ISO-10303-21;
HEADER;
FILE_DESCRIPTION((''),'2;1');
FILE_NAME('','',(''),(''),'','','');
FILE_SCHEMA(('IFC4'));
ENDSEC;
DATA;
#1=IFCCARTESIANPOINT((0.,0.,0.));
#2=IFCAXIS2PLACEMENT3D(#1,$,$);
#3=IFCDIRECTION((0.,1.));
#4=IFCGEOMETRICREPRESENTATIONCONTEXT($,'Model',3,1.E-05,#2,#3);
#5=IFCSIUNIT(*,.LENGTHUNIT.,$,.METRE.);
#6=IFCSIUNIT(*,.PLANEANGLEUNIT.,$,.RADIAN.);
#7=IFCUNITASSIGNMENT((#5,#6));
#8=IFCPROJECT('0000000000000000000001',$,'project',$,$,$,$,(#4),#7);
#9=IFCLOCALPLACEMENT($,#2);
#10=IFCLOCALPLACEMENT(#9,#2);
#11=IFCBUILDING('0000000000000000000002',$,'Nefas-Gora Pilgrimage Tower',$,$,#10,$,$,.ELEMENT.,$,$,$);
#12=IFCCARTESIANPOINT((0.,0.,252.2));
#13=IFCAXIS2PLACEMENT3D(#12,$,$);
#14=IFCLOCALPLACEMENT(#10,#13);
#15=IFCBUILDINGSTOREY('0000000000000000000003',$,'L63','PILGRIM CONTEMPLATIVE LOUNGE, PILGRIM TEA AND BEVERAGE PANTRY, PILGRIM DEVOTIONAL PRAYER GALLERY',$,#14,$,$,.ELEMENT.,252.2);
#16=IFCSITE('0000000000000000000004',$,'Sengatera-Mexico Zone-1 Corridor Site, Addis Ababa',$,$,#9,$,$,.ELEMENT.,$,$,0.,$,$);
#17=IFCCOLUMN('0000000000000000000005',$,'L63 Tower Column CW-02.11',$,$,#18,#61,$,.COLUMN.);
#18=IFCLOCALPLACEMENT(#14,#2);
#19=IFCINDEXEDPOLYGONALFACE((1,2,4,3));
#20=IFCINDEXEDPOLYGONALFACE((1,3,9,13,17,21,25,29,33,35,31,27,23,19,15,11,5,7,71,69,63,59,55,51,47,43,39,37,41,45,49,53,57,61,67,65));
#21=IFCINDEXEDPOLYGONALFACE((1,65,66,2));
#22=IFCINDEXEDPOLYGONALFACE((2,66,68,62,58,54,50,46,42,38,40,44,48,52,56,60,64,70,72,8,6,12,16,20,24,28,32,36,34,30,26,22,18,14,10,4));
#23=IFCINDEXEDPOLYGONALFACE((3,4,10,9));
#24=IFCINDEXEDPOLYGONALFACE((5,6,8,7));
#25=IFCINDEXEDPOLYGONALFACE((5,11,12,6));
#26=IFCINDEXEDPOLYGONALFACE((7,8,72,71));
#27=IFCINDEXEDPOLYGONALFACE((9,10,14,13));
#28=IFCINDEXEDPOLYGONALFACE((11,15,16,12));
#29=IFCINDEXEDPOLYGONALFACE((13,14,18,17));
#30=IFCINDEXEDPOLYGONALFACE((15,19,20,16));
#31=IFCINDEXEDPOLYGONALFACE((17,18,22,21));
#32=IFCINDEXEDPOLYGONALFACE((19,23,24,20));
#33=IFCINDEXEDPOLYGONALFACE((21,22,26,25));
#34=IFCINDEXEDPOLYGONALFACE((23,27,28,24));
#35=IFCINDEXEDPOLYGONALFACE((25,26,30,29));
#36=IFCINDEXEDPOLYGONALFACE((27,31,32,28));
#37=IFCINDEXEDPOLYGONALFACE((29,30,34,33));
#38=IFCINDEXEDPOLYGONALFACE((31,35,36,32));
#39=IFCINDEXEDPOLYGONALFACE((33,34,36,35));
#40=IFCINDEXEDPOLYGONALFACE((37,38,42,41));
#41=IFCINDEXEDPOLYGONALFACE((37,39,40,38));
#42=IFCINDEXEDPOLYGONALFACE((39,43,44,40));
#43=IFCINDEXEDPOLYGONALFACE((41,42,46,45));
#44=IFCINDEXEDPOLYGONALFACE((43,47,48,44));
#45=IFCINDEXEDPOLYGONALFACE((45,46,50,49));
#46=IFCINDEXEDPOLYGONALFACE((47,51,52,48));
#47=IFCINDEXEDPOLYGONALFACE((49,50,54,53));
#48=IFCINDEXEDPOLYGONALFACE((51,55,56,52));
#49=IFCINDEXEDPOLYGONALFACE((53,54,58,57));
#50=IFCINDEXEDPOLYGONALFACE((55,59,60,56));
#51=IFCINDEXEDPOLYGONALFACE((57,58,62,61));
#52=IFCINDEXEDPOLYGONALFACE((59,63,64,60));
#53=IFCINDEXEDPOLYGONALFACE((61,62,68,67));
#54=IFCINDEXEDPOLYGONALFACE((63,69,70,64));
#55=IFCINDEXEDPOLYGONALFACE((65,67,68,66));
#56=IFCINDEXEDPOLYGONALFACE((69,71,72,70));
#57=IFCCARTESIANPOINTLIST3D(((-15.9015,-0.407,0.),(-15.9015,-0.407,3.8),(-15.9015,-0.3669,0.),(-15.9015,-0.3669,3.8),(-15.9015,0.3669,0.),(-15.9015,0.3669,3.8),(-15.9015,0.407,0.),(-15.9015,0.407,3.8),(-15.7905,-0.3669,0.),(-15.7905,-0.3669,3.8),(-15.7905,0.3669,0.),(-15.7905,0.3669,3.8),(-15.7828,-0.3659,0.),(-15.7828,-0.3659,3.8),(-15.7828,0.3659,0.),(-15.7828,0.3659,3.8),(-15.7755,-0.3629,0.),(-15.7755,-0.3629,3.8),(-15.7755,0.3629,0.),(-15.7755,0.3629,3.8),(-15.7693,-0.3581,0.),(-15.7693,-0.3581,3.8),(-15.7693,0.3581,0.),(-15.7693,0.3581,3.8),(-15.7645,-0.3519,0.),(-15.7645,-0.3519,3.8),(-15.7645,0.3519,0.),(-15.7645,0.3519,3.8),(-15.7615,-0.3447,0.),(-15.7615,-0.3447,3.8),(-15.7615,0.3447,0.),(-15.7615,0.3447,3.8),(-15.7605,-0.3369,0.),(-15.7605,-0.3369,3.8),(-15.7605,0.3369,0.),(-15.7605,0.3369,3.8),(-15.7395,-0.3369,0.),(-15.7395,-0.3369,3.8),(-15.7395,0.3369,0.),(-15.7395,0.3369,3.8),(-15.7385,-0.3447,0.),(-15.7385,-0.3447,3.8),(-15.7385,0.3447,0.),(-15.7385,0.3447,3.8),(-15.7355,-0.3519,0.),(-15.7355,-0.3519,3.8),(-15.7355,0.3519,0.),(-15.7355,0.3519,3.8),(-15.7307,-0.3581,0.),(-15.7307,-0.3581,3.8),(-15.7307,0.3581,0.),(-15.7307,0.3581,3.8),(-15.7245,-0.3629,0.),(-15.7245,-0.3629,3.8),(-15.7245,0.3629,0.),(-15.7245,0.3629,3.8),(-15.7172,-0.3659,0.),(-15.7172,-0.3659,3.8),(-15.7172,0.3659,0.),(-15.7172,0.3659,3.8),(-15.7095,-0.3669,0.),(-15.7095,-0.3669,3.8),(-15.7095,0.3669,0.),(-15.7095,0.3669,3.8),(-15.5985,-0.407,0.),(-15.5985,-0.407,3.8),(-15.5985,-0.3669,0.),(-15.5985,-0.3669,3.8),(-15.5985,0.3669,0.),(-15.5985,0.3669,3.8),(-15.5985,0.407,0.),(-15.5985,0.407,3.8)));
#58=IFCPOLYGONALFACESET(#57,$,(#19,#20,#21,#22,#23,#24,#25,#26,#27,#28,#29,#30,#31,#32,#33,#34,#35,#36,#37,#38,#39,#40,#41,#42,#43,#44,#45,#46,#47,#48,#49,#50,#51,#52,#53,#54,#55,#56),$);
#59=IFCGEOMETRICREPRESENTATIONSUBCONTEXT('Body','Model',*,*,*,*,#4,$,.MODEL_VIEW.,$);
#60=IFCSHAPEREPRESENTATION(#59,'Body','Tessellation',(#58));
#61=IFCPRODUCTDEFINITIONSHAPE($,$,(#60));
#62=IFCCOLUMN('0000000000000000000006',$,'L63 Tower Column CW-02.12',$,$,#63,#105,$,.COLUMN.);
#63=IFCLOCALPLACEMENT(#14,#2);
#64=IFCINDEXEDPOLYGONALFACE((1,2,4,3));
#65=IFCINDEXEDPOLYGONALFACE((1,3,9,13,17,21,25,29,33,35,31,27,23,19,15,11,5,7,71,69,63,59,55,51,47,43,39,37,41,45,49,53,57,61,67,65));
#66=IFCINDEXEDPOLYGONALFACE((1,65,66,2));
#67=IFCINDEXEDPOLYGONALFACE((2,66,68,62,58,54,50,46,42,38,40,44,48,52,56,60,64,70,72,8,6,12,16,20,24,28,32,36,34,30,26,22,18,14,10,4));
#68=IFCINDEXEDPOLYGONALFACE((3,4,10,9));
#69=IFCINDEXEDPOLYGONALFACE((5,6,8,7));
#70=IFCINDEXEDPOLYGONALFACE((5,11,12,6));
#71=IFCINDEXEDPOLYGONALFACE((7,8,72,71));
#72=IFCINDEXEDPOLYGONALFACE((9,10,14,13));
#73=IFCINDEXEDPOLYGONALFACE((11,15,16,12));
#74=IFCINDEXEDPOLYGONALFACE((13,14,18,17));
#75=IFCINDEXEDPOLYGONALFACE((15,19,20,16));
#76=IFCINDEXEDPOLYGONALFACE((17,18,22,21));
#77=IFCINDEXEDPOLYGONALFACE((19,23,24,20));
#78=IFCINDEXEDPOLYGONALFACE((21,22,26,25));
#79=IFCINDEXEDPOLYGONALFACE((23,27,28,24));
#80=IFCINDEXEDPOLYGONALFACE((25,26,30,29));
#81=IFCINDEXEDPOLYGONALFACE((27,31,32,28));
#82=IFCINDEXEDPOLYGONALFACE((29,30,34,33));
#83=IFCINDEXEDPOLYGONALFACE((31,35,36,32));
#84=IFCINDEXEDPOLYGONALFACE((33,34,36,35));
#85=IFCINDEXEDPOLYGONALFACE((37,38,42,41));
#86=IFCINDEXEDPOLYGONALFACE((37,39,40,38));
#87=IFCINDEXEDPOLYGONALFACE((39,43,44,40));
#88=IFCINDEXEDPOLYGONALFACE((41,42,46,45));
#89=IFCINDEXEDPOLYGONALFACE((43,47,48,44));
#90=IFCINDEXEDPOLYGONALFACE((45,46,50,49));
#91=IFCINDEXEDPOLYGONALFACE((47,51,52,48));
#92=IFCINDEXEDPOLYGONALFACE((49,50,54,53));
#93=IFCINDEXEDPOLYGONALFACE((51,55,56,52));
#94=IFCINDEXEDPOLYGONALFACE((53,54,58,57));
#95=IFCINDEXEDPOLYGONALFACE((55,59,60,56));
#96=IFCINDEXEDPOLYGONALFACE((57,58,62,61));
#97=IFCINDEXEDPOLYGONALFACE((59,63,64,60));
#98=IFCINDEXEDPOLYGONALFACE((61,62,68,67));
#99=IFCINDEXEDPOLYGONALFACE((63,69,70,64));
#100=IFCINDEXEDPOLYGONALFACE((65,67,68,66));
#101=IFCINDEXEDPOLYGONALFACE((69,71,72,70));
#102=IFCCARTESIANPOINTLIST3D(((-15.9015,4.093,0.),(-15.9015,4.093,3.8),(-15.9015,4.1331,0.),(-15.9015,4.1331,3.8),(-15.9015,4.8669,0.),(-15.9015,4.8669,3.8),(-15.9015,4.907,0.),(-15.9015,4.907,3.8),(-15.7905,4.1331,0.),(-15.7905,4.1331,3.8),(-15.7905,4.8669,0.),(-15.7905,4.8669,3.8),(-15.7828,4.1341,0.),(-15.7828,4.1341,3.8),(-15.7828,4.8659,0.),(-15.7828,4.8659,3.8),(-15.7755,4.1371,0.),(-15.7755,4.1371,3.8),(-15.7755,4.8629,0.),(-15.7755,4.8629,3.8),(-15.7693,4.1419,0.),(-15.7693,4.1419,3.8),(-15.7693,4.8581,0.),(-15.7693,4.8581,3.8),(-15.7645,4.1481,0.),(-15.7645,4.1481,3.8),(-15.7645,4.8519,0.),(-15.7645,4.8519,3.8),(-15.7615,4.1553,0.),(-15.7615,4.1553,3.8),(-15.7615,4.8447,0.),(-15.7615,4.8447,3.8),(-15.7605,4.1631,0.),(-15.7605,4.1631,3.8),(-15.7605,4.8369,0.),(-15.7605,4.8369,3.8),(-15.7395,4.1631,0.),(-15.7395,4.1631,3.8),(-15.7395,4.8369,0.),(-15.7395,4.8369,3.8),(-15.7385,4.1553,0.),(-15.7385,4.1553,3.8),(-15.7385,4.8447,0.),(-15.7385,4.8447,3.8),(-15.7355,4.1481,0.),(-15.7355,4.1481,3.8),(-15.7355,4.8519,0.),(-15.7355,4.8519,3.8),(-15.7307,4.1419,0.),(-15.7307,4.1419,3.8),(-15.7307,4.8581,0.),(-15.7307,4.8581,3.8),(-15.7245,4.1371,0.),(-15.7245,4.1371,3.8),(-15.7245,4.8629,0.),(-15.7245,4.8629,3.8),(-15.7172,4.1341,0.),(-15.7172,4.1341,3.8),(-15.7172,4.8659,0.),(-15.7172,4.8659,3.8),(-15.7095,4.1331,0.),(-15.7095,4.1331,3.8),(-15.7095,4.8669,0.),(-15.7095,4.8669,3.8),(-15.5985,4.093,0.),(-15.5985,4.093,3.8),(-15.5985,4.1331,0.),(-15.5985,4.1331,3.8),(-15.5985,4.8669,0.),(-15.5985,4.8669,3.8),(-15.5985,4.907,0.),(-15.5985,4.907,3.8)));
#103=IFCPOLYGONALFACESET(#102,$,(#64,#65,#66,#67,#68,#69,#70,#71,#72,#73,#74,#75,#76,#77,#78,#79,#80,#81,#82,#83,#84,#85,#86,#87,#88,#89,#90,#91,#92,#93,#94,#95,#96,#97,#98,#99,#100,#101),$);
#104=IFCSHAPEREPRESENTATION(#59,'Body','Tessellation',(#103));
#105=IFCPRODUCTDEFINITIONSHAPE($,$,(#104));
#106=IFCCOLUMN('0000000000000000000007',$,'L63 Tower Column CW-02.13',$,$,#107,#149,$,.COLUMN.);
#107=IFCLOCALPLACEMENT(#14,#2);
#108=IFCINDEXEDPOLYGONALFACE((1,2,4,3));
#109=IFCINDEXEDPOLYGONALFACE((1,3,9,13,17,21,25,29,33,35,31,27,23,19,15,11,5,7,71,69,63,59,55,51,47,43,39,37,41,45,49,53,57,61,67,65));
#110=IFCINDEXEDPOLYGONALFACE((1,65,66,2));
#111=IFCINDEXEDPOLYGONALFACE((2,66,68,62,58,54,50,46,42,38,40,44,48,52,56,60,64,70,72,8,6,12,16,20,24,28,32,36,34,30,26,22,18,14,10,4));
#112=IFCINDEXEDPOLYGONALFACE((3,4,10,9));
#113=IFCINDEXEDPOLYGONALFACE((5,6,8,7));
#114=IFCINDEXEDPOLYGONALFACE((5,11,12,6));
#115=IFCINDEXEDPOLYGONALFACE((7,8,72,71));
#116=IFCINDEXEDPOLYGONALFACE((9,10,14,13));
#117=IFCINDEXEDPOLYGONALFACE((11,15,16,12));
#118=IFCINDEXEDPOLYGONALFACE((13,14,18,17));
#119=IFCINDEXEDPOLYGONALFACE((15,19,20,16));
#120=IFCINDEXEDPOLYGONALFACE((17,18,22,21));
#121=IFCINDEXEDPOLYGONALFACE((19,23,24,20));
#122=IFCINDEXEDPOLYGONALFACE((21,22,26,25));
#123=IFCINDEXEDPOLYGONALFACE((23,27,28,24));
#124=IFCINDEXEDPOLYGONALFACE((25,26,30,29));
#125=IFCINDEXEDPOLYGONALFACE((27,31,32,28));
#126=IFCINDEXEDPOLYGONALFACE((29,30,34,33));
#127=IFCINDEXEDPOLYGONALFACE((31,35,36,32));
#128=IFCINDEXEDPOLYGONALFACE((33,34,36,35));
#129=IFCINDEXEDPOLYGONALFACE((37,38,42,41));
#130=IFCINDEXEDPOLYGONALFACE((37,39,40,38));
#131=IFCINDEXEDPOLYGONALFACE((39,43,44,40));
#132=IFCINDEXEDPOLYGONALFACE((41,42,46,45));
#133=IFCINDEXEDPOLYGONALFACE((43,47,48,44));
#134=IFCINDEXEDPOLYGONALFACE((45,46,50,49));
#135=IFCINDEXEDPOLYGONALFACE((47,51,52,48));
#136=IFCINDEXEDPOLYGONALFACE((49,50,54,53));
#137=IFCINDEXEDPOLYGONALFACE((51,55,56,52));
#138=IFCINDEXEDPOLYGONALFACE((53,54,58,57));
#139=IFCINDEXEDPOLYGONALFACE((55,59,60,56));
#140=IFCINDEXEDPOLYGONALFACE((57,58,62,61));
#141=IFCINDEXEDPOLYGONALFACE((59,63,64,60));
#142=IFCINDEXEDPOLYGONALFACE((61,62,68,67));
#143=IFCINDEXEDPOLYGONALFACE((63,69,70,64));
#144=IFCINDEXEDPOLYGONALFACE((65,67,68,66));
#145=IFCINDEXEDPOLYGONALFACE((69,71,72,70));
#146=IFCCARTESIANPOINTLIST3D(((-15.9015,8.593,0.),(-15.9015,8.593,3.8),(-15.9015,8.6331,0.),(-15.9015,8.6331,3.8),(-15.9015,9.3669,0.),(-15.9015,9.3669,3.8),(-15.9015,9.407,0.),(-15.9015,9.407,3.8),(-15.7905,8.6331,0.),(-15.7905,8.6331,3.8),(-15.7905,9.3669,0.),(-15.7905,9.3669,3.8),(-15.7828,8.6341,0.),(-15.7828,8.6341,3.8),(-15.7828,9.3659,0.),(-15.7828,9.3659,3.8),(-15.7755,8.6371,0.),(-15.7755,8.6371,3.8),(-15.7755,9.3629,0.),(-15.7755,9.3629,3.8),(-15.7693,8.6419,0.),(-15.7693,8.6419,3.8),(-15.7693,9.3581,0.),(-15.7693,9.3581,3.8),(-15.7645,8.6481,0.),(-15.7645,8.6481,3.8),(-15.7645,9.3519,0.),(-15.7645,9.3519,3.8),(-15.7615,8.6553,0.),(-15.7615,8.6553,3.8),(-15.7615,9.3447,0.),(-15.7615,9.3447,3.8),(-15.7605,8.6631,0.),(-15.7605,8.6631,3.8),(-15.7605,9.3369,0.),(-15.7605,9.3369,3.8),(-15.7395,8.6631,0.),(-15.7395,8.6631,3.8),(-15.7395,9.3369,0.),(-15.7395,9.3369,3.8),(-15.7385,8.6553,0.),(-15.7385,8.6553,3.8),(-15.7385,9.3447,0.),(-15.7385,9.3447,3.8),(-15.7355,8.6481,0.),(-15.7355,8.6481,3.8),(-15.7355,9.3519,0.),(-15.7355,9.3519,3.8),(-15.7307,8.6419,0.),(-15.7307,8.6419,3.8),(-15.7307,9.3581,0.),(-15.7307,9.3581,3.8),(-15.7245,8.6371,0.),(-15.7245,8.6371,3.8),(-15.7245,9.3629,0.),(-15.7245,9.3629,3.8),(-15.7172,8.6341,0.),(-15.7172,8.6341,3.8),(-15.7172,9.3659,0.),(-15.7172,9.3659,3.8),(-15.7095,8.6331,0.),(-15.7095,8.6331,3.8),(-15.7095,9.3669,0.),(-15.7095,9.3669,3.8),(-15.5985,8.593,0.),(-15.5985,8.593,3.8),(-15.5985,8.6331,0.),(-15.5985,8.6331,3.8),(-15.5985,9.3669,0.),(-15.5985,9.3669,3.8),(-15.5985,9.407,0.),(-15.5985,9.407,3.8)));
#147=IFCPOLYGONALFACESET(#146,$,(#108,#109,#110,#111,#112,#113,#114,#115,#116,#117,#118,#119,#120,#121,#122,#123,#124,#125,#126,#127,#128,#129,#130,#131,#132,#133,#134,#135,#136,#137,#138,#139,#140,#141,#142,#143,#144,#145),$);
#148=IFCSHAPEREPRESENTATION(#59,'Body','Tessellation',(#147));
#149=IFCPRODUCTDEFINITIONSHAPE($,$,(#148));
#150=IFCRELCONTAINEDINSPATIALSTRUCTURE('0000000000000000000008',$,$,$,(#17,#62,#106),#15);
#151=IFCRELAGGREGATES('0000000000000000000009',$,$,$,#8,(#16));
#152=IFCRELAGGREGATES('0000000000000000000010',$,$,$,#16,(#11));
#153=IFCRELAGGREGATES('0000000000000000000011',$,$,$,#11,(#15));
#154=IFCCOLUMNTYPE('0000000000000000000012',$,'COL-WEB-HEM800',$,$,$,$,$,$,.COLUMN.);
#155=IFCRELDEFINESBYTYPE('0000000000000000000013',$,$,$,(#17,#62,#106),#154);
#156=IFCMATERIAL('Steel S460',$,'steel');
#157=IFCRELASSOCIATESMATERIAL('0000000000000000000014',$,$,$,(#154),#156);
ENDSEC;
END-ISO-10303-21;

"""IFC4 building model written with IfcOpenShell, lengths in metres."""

from ifc_helpers import new_model, si_unit, direction, frame, origin, origin_2d, place, context, subcontext, project, spatial, i_section, extrude, source, transform, mapped, material, material_profile, profile_set, type_object, element, save


model = new_model("IFC4")

# Units and contexts
model_context = context("Model", 3, precision=1e-05, world=origin(), true_north=direction((0.0, 1.0)))
body_context = subcontext(model_context, "Body", "Model", "MODEL_VIEW")
ifc_project = project(units=[si_unit("LENGTHUNIT", "METRE"), si_unit("PLANEANGLEUNIT", "RADIAN")], contexts=[model_context])

# Site, building, storey
site_placement = place(None, origin())
site = spatial("IfcSite", under=ifc_project, at=site_placement, Name="Sengatera-Mexico Zone-1 Corridor Site, Addis Ababa", CompositionType="ELEMENT", RefElevation=0.0)
building_placement = place(site_placement, origin())
building = spatial("IfcBuilding", under=site, at=building_placement, Name="Nefas-Gora Pilgrimage Tower", CompositionType="ELEMENT")
storey_placement = place(building_placement, frame((0.0, 0.0, 252.2)))
storey = spatial("IfcBuildingStorey", under=building, at=storey_placement, Name="L63", Description="PILGRIM CONTEMPLATIVE LOUNGE, PILGRIM TEA AND BEVERAGE PANTRY, PILGRIM DEVOTIONAL PRAYER GALLERY", CompositionType="ELEMENT", Elevation=252.2)

# Columns
ifc_material_1 = material(Name="Steel S460", Category="steel")
ifc_material_profile_1 = material_profile(ifc_material_1, i_section(OverallWidth=0.303, OverallDepth=0.814, WebThickness=0.021, FlangeThickness=0.04, FilletRadius=0.03, at=origin_2d()), Name="HEM 800")
ifc_profile_set_1 = profile_set([ifc_material_profile_1], Name="Steel S460")
column_type_1 = type_object("IfcColumnType", Name="COL-WEB-HEM800", PredefinedType="COLUMN", material=ifc_profile_set_1)
shared_shape_1 = source(origin(), body_context, "Body", "SweptSolid", [
    extrude(i_section(OverallWidth=0.303, OverallDepth=0.814, WebThickness=0.021, FlangeThickness=0.04, FilletRadius=0.03, at=origin_2d()), origin(), (0.0, 0.0, 1.0), 3.8),
])
for number, where, z_axis, x_axis, name in (
    (1, (-15.75, 0.0, 0.0), (0.0, 0.0, 1.0), (1.0, 0.0, 0.0), "L63 Tower Column CW-02.11"),
    (2, (-15.75, 4.5, 0.0), (0.0, 0.0, 1.0), (1.0, 0.0, 0.0), "L63 Tower Column CW-02.12"),
    (3, (-15.75, 9.0, 0.0), (0.0, 0.0, 1.0), (1.0, 0.0, 0.0), "L63 Tower Column CW-02.13"),
):
    element("IfcColumn", number, at=place(storey_placement, frame(where, z_axis=z_axis, x_axis=x_axis)), inside=storey, type_object=column_type_1, Name=name, PredefinedType="COLUMN", context=body_context, shape_type="MappedRepresentation", body=[
        mapped(shared_shape_1, transform((0.0, 0.0, 0.0), x_axis=(1.0, 0.0, 0.0), y_axis=(0.0, 1.0, 0.0), z_axis=(0.0, 0.0, 1.0), scale=1.0)),
    ])

save(model, "model.ifc")
